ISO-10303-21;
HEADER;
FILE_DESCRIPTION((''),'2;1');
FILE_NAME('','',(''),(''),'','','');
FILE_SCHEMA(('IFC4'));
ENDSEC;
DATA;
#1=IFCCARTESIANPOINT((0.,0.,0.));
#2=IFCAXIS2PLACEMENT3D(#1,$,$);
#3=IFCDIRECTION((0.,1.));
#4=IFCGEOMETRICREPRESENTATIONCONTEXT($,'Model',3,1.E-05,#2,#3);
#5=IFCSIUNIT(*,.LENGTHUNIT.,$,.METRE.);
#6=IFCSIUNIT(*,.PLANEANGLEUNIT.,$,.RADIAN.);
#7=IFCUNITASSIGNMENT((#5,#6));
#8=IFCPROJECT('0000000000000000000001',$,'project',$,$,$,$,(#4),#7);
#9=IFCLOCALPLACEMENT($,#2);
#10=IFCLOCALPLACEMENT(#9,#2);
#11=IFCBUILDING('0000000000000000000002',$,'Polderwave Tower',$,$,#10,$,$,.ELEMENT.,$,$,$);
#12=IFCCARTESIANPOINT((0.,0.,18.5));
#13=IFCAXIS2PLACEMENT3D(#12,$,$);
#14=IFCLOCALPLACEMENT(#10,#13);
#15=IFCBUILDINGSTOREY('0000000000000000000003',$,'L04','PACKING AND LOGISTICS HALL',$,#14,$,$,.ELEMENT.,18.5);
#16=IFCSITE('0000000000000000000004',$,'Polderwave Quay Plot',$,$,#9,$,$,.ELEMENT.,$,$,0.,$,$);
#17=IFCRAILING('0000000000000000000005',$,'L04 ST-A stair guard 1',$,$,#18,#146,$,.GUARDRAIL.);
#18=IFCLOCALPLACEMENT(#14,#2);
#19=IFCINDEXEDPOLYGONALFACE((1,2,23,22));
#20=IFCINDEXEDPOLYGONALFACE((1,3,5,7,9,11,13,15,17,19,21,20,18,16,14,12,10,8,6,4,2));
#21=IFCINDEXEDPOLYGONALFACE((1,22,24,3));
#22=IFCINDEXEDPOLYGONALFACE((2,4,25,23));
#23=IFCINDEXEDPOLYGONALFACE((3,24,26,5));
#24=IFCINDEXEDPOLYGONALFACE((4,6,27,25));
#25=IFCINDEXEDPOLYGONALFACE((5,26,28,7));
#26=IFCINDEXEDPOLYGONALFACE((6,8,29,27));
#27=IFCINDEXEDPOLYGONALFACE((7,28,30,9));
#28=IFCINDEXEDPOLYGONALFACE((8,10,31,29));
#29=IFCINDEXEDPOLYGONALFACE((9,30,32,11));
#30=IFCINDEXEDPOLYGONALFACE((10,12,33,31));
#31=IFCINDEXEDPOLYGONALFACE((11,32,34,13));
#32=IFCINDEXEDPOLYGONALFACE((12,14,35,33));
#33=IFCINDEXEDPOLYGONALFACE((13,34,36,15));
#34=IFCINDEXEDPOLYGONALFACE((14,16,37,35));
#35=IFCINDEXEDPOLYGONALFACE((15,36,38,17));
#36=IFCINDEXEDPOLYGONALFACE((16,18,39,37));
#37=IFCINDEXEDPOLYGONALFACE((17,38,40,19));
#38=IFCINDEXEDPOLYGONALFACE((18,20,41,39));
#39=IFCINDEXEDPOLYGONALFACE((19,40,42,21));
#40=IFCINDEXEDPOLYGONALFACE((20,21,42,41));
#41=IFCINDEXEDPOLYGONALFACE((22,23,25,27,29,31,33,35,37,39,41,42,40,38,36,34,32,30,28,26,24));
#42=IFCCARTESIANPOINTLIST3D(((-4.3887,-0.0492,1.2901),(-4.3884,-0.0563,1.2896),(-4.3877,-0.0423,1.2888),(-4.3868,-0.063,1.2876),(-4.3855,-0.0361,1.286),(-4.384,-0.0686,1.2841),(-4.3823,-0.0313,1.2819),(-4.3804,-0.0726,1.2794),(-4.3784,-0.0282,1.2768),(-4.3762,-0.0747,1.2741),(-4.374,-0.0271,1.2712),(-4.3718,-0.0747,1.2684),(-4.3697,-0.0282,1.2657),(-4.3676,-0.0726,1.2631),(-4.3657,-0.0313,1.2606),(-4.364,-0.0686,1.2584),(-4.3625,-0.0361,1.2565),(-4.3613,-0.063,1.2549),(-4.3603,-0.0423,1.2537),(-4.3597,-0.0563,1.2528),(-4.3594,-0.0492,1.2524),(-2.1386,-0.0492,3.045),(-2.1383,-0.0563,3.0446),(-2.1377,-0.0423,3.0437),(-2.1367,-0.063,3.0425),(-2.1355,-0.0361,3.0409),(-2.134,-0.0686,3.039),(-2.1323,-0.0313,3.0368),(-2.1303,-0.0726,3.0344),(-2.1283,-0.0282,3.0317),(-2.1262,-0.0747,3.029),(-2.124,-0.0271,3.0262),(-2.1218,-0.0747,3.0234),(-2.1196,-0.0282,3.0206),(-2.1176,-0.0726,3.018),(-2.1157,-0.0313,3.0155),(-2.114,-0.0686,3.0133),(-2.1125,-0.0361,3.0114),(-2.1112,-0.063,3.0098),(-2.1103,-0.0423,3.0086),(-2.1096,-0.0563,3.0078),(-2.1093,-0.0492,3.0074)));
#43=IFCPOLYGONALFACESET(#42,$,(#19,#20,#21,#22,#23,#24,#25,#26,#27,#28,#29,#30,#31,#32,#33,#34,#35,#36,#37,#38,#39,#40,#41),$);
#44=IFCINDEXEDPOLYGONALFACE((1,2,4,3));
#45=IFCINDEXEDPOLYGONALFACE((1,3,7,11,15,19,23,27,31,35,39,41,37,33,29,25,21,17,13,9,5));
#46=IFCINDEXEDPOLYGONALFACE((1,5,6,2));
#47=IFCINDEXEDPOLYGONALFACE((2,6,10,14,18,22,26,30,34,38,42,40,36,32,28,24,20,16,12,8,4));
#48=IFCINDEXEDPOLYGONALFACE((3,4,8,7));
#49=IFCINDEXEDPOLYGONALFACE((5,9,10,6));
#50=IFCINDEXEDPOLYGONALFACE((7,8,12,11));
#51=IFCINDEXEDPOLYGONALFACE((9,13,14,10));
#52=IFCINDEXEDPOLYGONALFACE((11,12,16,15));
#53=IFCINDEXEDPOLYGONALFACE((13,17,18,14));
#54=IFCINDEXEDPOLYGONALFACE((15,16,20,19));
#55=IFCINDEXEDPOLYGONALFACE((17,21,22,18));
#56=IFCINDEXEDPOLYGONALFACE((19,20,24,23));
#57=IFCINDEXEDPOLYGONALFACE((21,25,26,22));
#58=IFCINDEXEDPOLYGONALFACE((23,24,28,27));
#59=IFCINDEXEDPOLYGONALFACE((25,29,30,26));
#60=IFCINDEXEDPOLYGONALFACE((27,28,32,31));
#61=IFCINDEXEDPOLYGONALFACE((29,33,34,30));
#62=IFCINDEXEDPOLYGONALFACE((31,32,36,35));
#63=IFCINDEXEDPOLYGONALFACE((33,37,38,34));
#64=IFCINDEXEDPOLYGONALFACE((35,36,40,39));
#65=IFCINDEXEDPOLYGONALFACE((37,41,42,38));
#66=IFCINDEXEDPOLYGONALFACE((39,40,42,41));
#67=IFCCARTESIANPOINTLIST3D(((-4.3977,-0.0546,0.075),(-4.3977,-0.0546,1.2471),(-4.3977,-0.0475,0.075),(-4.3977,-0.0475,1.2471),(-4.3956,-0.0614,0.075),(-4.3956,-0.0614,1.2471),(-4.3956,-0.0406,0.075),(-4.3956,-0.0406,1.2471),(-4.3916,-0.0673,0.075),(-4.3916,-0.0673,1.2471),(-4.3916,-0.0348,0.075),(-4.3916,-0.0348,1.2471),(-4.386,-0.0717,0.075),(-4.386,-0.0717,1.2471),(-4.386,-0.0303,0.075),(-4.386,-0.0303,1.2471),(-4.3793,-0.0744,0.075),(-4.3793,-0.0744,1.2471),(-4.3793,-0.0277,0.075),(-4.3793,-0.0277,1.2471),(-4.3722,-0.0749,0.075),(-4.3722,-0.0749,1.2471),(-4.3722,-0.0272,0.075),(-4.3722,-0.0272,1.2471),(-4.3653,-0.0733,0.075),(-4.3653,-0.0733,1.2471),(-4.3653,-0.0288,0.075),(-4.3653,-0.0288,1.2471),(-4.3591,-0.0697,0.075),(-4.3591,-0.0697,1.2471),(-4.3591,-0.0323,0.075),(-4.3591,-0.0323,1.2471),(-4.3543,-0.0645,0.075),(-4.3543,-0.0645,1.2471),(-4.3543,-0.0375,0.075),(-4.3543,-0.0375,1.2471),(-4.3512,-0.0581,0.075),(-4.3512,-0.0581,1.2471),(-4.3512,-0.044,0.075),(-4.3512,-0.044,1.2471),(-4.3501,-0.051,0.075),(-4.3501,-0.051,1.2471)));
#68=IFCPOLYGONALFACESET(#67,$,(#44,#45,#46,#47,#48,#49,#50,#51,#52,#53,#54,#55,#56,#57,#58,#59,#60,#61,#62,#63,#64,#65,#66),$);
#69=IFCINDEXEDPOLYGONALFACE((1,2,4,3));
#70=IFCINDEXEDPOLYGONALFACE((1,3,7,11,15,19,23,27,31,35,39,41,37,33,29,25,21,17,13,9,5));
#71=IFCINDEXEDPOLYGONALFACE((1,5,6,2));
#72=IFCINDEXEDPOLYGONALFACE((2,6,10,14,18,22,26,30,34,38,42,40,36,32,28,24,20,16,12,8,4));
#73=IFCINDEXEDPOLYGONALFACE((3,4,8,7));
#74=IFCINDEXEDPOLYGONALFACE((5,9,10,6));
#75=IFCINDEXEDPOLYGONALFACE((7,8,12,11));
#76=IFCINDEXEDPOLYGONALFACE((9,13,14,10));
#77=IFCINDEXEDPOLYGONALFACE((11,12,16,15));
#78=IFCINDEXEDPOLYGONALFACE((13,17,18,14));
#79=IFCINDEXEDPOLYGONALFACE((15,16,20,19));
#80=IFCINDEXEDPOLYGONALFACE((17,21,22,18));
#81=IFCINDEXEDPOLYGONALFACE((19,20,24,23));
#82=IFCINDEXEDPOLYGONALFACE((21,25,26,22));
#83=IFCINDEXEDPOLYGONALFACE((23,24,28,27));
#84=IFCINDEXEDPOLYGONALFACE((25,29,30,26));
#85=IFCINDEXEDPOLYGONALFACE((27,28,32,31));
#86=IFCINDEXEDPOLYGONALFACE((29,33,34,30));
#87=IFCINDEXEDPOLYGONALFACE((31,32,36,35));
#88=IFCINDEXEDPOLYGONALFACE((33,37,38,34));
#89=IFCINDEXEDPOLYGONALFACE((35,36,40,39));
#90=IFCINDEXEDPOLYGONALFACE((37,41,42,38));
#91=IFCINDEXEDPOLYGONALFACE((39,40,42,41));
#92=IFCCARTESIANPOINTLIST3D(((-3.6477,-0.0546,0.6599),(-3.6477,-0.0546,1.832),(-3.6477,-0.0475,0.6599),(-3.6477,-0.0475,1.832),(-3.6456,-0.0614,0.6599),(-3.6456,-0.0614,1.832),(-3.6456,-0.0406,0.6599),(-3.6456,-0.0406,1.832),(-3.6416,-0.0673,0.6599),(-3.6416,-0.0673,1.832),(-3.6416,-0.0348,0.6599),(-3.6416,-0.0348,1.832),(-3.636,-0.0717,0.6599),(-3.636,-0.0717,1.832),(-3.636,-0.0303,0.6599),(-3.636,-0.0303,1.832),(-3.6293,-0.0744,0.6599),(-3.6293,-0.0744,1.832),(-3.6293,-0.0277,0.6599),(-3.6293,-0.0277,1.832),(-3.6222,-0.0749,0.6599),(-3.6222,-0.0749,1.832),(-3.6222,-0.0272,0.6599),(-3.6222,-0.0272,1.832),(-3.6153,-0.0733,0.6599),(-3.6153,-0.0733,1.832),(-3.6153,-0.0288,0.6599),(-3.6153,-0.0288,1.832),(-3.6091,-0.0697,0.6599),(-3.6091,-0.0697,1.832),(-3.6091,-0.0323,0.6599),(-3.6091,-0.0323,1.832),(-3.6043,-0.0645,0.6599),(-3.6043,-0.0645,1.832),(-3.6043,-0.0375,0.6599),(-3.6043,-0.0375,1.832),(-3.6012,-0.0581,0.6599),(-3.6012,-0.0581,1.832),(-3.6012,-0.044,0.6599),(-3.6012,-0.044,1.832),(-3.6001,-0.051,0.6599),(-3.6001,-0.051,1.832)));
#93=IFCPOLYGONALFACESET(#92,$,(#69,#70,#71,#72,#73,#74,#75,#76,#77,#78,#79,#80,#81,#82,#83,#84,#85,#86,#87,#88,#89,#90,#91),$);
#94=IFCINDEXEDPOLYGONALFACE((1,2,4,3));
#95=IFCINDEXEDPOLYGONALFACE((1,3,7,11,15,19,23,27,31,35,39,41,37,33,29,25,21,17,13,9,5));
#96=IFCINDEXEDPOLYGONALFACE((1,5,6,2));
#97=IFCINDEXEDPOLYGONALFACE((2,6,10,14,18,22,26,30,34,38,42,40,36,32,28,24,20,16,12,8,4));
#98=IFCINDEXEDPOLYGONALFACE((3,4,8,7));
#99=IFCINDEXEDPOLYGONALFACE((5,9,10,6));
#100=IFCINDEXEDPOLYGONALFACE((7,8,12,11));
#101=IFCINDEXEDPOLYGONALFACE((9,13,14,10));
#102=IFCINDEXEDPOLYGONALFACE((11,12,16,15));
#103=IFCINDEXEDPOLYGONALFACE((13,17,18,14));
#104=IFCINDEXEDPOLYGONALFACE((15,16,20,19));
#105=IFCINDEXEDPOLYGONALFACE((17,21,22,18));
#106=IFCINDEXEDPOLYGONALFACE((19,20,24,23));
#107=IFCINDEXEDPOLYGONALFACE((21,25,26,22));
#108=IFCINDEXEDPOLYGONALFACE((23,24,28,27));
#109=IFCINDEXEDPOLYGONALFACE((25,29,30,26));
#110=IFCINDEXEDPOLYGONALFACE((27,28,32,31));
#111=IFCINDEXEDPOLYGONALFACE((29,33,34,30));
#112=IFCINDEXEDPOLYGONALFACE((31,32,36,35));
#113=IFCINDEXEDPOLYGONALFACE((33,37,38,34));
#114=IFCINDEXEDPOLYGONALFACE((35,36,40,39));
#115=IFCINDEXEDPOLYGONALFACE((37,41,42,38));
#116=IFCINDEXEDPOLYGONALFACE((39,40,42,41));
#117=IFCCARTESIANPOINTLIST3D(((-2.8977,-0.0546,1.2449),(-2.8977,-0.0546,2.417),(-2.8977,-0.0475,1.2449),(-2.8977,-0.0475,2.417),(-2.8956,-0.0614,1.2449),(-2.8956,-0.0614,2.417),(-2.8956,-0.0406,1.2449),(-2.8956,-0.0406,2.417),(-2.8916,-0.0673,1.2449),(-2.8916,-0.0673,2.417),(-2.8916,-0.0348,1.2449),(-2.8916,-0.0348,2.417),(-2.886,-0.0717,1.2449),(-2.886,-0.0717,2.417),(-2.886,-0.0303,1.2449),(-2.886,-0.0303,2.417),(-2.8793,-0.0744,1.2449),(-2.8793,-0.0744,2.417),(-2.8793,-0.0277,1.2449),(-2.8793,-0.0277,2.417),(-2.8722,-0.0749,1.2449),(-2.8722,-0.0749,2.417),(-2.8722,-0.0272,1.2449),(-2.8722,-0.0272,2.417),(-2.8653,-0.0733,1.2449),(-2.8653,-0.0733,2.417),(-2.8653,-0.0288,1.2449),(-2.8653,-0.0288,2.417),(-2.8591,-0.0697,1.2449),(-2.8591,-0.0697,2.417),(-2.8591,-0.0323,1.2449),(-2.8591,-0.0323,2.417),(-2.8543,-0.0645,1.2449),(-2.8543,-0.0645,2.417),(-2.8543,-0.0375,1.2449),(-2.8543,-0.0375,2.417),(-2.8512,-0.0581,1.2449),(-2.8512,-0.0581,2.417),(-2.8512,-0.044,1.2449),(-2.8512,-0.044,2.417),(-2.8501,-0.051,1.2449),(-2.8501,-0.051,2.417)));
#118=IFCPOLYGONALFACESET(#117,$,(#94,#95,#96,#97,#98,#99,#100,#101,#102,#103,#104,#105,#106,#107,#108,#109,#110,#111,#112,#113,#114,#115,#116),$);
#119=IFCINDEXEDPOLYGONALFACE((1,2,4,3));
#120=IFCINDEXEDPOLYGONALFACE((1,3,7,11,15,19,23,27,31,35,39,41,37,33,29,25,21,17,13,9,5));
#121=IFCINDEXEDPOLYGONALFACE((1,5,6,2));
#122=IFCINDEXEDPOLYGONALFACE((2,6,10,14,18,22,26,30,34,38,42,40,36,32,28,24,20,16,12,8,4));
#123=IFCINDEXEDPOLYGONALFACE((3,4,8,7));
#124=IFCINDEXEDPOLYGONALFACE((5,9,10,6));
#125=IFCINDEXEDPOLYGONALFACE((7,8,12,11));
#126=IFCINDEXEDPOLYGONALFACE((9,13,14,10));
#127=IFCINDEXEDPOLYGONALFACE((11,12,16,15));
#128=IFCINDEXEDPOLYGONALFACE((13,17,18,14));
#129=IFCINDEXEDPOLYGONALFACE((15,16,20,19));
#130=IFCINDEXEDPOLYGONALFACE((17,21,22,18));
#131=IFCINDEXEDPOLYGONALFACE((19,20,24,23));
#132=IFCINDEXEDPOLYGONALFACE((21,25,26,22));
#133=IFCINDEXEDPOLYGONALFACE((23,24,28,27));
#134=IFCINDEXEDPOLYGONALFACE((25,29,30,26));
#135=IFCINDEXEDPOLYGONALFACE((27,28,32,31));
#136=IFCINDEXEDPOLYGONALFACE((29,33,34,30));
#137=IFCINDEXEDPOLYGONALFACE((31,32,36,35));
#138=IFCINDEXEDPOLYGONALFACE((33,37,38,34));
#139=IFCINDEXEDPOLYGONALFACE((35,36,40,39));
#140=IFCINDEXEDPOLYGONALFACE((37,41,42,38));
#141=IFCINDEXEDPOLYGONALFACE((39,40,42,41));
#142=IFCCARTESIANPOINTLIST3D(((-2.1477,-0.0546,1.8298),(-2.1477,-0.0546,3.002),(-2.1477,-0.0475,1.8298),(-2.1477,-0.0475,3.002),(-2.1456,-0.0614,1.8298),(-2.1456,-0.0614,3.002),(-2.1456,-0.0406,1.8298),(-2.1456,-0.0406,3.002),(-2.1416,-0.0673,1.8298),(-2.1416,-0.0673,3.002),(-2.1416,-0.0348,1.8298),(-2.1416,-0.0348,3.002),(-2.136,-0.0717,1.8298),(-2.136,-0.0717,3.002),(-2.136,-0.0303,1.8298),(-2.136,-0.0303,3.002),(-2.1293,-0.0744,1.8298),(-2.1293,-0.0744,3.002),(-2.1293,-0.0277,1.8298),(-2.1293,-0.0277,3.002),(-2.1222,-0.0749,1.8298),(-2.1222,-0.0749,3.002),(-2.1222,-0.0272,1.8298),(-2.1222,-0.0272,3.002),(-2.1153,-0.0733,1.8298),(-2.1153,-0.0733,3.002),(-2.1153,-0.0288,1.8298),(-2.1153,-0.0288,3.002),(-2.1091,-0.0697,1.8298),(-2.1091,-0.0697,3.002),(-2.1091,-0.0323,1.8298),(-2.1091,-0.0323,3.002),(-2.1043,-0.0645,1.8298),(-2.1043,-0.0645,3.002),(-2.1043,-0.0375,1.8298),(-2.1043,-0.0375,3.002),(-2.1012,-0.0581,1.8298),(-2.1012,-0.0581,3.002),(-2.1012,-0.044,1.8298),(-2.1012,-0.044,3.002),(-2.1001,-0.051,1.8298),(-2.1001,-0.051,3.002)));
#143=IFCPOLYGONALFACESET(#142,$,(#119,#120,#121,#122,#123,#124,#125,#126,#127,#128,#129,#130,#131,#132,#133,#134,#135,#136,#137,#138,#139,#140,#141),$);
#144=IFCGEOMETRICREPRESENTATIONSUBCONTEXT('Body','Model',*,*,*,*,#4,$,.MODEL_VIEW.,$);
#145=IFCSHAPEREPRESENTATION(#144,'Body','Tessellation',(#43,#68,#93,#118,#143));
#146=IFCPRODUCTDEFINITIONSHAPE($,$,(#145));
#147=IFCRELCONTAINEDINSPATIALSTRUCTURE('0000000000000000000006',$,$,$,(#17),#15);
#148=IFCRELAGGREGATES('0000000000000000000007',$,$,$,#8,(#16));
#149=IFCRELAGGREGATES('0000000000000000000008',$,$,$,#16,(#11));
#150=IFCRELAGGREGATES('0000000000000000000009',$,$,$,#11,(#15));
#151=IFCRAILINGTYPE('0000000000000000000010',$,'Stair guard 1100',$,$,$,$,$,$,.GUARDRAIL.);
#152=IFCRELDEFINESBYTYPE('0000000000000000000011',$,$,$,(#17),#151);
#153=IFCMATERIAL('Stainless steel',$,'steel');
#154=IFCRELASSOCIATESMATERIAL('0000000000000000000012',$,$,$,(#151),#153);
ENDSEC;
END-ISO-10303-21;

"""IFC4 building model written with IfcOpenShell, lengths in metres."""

from ifc_helpers import new_model, si_unit, direction, frame, origin, origin_2d, place, context, subcontext, project, spatial, circle, extrude, material, type_object, element, save


model = new_model("IFC4")

# Units and contexts
model_context = context("Model", 3, precision=1e-05, world=origin(), true_north=direction((0.0, 1.0)))
body_context = subcontext(model_context, "Body", "Model", "MODEL_VIEW")
ifc_project = project(units=[si_unit("LENGTHUNIT", "METRE"), si_unit("PLANEANGLEUNIT", "RADIAN")], contexts=[model_context])

# Site, building, storey
site_placement = place(None, origin())
site = spatial("IfcSite", under=ifc_project, at=site_placement, Name="Polderwave Quay Plot", CompositionType="ELEMENT", RefElevation=0.0)
building_placement = place(site_placement, origin())
building = spatial("IfcBuilding", under=site, at=building_placement, Name="Polderwave Tower", CompositionType="ELEMENT")
storey_placement = place(building_placement, frame((0.0, 0.0, 18.5)))
storey = spatial("IfcBuildingStorey", under=building, at=storey_placement, Name="L04", Description="PACKING AND LOGISTICS HALL", CompositionType="ELEMENT", Elevation=18.5)

# Railing
ifc_material_1 = material(Name="Stainless steel", Category="steel")
railing_type_1 = type_object("IfcRailingType", Name="Stair guard 1100", PredefinedType="GUARDRAIL", material=ifc_material_1)
railing_1_placement = place(storey_placement, frame((-4.374, -0.051, 0.075)))
element("IfcRailing", 1, at=railing_1_placement, inside=storey, type_object=railing_type_1, Name="L04 ST-A stair guard 1", PredefinedType="GUARDRAIL", context=body_context, shape_type="SweptSolid", body=[
    extrude(circle(Radius=0.0239, at=origin_2d()), frame((0.0, 0.0, 1.1963), z_axis=(0.788522, 0.0, 0.615006), x_axis=(0.0, 1.0, 0.0)), (0.0, 0.0, 1.0), 2.8535),
    extrude(circle(Radius=0.0239, at=origin_2d()), origin(), (0.0, 0.0, 1.0), 1.1721),
    extrude(circle(Radius=0.0239, at=origin_2d()), frame((0.75, 0.0, 0.585)), (0.0, 0.0, 1.0), 1.1721),
    extrude(circle(Radius=0.0239, at=origin_2d()), frame((1.5, 0.0, 1.1699)), (0.0, 0.0, 1.0), 1.1721),
    extrude(circle(Radius=0.0239, at=origin_2d()), frame((2.25, 0.0, 1.7549)), (0.0, 0.0, 1.0), 1.1721),
])

save(model, "model.ifc")
